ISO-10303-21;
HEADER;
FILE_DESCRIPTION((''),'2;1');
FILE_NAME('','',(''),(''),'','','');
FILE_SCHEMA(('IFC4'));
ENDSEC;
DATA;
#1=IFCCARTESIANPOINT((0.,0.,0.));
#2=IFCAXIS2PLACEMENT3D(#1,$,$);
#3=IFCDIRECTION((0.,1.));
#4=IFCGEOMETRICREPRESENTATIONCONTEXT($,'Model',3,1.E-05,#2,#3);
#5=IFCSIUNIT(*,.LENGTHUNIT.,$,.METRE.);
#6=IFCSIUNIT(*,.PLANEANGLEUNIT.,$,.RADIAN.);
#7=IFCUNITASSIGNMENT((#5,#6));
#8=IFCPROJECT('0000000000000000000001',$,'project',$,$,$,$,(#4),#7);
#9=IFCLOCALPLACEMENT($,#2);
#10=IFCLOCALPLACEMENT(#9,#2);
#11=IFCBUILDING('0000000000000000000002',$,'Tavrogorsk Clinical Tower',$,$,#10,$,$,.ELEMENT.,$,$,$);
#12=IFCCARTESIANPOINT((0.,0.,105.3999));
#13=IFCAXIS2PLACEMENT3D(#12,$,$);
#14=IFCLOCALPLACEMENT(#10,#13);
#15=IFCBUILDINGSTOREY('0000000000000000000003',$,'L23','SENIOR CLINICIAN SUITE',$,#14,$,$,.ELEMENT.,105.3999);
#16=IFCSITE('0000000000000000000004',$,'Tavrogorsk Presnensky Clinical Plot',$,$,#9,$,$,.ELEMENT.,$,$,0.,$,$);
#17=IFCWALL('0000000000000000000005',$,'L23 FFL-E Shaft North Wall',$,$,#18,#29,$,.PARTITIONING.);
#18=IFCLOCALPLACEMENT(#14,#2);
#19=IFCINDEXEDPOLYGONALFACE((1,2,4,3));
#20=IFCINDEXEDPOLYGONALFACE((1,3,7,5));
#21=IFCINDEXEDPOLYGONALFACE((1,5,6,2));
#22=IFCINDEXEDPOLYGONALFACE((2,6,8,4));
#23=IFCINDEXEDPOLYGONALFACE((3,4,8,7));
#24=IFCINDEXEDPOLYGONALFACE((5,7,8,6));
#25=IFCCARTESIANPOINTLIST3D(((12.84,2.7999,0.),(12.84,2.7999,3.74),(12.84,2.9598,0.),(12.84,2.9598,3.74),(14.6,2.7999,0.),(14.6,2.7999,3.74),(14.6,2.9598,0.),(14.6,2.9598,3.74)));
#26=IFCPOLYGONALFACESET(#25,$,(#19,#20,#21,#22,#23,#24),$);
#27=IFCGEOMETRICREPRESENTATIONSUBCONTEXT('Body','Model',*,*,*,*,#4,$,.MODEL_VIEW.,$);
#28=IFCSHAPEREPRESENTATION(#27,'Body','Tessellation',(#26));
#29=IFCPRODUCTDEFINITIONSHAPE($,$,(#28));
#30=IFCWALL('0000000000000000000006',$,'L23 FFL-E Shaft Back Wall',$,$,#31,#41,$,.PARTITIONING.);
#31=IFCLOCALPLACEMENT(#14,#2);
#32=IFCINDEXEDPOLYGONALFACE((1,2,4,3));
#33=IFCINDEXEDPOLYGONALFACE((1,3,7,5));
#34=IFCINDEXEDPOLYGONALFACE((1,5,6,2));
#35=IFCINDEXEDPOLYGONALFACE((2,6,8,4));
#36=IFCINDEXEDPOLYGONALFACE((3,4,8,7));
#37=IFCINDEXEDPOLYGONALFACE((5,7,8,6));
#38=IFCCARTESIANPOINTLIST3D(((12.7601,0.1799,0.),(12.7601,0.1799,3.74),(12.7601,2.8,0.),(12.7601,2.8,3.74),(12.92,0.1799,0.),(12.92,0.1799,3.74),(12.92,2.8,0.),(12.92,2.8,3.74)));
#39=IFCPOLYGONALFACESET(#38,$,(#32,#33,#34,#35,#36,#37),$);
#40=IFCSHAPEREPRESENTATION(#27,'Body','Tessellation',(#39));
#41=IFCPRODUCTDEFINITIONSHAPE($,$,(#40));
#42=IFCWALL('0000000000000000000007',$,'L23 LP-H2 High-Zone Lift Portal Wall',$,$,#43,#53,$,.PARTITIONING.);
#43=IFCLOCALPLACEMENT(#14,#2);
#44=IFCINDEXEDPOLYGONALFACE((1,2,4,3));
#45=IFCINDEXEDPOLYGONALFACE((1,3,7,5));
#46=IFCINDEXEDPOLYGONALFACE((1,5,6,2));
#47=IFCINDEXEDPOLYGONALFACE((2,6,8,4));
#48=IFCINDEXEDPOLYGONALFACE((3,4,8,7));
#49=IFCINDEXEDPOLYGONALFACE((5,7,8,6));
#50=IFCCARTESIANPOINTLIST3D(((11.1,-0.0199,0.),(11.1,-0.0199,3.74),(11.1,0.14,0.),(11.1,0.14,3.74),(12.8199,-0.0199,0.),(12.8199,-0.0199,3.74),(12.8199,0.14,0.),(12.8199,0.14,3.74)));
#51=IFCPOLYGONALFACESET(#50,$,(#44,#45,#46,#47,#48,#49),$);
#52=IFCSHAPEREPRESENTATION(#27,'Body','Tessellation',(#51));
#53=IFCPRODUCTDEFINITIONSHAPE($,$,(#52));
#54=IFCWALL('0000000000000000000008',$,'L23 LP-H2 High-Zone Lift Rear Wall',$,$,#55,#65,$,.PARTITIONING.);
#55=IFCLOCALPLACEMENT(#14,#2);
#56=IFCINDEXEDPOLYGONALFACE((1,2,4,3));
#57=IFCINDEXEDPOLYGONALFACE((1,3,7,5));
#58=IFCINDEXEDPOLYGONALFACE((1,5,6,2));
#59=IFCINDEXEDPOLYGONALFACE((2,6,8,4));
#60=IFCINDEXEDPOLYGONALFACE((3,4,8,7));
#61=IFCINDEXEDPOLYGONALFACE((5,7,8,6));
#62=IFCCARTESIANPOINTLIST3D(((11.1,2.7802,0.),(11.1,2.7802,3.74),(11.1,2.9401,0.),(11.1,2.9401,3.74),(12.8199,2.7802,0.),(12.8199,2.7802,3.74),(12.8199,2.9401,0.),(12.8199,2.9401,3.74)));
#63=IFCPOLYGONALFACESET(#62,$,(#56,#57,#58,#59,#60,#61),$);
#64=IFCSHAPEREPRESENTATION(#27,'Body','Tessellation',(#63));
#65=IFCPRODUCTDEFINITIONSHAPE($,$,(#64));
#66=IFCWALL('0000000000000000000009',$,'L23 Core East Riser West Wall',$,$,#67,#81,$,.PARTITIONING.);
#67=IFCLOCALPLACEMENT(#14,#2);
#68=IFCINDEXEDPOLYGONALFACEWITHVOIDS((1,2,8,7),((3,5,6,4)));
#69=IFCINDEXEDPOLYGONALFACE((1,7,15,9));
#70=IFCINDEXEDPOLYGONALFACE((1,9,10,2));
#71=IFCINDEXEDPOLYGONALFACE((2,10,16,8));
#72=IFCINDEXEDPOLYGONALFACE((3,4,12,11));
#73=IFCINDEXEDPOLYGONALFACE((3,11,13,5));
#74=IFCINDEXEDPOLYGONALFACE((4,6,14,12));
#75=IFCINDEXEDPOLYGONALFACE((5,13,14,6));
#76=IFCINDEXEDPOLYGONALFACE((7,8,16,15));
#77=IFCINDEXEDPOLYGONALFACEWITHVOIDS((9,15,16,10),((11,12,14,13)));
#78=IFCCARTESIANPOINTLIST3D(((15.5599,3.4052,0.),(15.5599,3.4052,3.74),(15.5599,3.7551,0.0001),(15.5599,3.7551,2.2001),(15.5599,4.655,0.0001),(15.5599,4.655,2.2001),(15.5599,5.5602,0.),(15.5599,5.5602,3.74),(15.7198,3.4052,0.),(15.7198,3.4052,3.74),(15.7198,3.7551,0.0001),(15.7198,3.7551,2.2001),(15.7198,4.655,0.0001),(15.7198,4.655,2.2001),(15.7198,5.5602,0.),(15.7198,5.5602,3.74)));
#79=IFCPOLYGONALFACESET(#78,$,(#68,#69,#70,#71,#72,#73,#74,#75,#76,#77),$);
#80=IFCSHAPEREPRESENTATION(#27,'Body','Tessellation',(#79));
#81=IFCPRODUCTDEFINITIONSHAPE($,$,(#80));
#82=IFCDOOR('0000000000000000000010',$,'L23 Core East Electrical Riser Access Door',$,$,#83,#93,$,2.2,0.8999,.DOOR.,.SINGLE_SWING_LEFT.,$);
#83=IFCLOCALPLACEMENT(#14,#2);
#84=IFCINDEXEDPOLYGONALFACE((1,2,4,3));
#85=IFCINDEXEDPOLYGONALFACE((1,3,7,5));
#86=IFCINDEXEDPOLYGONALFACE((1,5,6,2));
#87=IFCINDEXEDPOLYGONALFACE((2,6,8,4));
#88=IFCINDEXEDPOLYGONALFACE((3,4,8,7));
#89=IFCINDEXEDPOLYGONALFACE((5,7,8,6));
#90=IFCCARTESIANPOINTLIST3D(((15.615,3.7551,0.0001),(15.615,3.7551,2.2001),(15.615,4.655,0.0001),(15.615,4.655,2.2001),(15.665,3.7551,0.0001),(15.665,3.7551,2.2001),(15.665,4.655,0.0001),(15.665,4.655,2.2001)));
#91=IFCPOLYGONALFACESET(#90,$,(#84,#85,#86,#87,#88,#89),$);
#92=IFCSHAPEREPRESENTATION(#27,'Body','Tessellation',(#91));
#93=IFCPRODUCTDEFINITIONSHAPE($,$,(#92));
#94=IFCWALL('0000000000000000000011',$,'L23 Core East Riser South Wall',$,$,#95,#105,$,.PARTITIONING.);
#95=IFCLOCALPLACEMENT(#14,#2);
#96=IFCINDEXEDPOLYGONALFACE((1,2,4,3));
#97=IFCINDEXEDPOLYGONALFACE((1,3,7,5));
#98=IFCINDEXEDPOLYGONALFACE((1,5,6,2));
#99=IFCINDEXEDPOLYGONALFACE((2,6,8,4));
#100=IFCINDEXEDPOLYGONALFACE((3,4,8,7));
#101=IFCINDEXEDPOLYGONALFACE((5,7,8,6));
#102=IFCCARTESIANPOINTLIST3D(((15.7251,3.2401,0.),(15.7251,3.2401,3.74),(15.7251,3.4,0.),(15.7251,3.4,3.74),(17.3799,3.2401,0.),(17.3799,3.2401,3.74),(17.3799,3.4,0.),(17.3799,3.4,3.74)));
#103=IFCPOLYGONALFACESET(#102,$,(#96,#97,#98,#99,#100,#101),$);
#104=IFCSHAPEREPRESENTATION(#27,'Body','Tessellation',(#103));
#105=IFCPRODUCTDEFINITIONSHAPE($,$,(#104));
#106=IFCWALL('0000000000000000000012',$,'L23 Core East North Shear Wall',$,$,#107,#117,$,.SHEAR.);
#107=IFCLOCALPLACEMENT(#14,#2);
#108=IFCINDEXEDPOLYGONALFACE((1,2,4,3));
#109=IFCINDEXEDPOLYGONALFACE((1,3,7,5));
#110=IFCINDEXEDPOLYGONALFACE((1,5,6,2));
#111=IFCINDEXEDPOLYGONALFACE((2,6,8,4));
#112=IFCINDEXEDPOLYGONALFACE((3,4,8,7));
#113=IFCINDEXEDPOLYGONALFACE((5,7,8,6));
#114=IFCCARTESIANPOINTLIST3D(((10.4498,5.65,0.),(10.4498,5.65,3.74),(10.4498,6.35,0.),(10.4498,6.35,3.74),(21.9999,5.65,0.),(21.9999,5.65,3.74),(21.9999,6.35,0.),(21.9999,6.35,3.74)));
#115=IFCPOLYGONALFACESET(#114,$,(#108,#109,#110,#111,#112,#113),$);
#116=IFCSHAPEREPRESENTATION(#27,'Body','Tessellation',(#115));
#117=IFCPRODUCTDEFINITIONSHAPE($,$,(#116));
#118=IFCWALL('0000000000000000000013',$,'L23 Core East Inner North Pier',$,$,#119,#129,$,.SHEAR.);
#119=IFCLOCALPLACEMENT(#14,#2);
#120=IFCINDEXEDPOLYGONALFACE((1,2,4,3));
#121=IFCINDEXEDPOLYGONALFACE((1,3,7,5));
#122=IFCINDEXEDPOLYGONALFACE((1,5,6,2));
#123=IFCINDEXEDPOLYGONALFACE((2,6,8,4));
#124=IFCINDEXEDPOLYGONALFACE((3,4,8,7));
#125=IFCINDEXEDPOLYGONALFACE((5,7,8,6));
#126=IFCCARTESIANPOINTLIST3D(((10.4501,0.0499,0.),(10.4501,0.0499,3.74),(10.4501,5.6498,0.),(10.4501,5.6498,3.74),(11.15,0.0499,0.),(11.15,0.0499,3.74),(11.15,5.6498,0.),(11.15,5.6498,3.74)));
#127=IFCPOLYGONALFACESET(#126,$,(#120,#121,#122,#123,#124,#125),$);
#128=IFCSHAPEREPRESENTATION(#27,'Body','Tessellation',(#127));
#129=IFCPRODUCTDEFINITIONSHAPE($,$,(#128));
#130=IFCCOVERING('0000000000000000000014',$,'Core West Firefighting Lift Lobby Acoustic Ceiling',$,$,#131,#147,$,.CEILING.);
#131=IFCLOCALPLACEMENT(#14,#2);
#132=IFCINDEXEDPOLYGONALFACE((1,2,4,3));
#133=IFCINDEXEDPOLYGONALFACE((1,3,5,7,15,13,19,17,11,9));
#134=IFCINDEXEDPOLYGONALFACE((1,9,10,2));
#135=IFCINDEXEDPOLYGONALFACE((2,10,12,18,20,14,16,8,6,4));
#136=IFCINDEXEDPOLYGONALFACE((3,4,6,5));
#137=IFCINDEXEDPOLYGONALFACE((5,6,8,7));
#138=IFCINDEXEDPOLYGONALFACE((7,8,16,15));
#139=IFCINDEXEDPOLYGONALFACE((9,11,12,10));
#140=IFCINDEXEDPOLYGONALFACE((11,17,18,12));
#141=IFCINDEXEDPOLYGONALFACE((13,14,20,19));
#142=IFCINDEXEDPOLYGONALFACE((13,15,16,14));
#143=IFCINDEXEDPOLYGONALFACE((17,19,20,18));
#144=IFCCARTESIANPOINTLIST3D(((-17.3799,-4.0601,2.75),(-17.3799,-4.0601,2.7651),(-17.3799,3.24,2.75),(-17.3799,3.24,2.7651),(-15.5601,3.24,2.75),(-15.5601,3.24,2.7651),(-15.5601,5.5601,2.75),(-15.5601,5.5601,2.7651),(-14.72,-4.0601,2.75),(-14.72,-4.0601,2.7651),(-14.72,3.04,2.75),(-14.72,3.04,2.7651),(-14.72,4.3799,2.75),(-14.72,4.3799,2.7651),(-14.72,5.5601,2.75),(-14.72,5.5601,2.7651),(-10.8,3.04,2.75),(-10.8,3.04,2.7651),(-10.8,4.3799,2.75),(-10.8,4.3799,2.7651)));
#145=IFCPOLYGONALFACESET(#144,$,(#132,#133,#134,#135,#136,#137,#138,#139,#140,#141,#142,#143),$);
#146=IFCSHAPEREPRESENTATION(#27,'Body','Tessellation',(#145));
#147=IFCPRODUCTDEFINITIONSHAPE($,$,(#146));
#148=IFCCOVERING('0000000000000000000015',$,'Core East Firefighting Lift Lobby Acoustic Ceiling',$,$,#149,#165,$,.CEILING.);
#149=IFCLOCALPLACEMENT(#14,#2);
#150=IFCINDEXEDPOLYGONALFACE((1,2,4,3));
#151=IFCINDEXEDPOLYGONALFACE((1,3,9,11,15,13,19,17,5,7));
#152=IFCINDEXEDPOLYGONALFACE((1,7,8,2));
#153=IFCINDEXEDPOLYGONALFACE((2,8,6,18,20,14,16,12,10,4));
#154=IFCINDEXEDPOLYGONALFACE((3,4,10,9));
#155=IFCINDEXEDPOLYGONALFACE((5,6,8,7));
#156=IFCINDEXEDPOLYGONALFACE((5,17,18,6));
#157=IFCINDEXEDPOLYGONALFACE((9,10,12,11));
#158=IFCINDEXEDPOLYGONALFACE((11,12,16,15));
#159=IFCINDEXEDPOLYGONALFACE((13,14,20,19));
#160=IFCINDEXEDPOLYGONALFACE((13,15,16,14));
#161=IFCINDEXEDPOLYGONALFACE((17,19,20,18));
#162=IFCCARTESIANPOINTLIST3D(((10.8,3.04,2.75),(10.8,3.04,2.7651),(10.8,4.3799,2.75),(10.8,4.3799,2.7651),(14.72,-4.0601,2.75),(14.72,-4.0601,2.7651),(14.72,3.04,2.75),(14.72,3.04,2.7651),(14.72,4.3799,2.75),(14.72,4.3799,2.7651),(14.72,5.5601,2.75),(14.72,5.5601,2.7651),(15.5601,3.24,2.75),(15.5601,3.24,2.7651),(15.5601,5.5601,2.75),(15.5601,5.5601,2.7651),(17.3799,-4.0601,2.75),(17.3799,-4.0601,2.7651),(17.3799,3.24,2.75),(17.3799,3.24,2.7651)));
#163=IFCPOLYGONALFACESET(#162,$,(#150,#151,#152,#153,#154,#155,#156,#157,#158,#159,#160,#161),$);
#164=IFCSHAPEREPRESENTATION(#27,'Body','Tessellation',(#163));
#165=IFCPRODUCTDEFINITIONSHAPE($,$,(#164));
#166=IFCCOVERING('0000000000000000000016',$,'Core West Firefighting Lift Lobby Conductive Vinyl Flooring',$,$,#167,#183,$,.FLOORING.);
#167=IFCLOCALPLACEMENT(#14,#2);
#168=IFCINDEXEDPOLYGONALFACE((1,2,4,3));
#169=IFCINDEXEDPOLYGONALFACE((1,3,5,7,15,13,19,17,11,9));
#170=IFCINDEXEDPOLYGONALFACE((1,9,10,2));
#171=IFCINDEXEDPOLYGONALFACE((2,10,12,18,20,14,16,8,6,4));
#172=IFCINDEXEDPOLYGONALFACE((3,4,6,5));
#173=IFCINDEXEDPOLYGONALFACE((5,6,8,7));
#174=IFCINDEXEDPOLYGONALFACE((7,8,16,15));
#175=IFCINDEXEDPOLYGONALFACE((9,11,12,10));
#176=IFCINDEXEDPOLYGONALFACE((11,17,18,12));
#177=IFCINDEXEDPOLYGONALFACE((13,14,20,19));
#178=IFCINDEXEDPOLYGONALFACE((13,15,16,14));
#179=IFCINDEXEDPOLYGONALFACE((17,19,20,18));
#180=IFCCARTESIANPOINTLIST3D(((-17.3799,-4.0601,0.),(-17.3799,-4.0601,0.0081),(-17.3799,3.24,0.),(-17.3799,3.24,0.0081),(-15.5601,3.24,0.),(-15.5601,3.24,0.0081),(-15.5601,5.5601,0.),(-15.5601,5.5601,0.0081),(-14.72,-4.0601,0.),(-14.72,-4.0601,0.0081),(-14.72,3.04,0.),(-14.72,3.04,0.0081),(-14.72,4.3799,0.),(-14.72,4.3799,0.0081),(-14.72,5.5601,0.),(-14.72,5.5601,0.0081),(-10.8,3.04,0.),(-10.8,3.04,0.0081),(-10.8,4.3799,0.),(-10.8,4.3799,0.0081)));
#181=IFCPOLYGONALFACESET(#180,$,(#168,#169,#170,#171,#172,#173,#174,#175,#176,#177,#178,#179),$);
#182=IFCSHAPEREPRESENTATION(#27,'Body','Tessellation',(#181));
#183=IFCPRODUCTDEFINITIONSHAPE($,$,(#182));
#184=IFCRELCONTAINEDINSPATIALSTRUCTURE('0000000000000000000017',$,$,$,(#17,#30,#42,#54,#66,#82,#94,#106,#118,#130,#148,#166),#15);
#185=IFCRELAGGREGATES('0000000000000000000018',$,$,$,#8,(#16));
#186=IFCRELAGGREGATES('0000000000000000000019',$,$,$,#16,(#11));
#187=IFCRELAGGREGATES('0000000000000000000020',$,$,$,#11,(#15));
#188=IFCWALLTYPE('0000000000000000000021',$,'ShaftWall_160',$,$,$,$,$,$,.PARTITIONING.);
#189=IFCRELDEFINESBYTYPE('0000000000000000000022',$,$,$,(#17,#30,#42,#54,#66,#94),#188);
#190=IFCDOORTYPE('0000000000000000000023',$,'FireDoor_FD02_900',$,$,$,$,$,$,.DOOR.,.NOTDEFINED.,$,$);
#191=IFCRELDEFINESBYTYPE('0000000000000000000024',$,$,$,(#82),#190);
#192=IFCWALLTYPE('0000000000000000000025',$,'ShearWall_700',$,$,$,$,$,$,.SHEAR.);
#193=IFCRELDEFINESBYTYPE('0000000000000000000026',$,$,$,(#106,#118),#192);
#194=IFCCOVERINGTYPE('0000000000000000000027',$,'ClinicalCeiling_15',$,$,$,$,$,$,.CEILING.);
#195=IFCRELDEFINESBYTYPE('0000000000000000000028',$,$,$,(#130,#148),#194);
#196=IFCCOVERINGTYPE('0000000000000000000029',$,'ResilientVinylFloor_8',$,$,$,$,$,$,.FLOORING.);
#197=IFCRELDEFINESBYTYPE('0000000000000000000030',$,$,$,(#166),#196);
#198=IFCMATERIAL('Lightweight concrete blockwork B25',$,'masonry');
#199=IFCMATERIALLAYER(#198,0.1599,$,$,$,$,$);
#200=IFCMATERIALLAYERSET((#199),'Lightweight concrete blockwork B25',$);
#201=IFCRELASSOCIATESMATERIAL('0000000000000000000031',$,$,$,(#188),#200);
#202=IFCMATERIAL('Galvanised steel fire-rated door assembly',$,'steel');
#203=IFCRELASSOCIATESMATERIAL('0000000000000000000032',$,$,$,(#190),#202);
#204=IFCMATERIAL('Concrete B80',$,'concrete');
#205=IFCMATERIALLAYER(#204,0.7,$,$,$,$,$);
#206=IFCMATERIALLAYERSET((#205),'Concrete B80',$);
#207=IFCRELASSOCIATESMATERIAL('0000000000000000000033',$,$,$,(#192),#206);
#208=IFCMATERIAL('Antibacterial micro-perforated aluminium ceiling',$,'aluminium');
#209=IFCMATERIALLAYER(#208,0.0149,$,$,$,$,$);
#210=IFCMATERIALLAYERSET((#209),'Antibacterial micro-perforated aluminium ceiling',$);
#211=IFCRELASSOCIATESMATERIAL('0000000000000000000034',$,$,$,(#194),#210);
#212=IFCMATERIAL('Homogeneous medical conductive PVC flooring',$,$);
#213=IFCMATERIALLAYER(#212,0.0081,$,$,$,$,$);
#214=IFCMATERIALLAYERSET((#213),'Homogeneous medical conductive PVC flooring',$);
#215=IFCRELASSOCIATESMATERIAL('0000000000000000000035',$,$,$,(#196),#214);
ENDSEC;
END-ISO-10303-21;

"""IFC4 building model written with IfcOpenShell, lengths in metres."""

from ifc_helpers import new_model, si_unit, direction, frame, frame_2d, origin, place, context, subcontext, project, spatial, polyline, rectangle, outline, extrude, material, layer, layer_set, type_object, element, fill, save


model = new_model("IFC4")

# Units and contexts
model_context = context("Model", 3, precision=1e-05, world=origin(), true_north=direction((0.0, 1.0)))
body_context = subcontext(model_context, "Body", "Model", "MODEL_VIEW")
ifc_project = project(units=[si_unit("LENGTHUNIT", "METRE"), si_unit("PLANEANGLEUNIT", "RADIAN")], contexts=[model_context])

# Site, building, storey
site_placement = place(None, origin())
site = spatial("IfcSite", under=ifc_project, at=site_placement, Name="Tavrogorsk Presnensky Clinical Plot", CompositionType="ELEMENT", RefElevation=0.0)
building_placement = place(site_placement, origin())
building = spatial("IfcBuilding", under=site, at=building_placement, Name="Tavrogorsk Clinical Tower", CompositionType="ELEMENT")
storey_placement = place(building_placement, frame((0.0, 0.0, 105.3999)))
storey = spatial("IfcBuildingStorey", under=building, at=storey_placement, Name="L23", Description="SENIOR CLINICIAN SUITE", CompositionType="ELEMENT", Elevation=105.3999)

# Shared definitions
ifc_material_1 = material(Name="Lightweight concrete blockwork B25", Category="masonry")
ifc_layer_1 = layer(ifc_material_1, 0.1599)
ifc_layer_set_1 = layer_set([ifc_layer_1], Name="Lightweight concrete blockwork B25")
wall_type_1 = type_object("IfcWallType", Name="ShaftWall_160", PredefinedType="PARTITIONING", material=ifc_layer_set_1)

# Walls
for number, where, z_axis, x_axis, name in (
    (1, (12.8401, 2.8799, 0.0), (0.0, 0.0, 1.0), (1.0, 0.0, 0.0), "L23 FFL-E Shaft North Wall"),
):
    element("IfcWall", number, at=place(storey_placement, frame(where, z_axis=z_axis, x_axis=x_axis)), inside=storey, type_object=wall_type_1, Name=name, PredefinedType="PARTITIONING", context=body_context, shape_type="SweptSolid", body=[
        extrude(rectangle(XDim=1.76, YDim=0.1599, at=frame_2d((0.8799, 0.0))), origin(), (0.0, 0.0, 1.0), 3.74),
    ])
wall_1_placement = place(storey_placement, frame((12.8401, 0.1799, 0.0), z_axis=(0.0, 0.0, 1.0), x_axis=(0.0, 1.0, 0.0)))
element("IfcWall", 2, at=wall_1_placement, inside=storey, type_object=wall_type_1, Name="L23 FFL-E Shaft Back Wall", PredefinedType="PARTITIONING", context=body_context, shape_type="SweptSolid", body=[
    extrude(rectangle(XDim=2.6201, YDim=0.1599, at=frame_2d((1.3101, 0.0))), origin(), (0.0, 0.0, 1.0), 3.74),
])
for number, where, z_axis, x_axis, name in (
    (3, (11.1001, 0.0601, 0.0), (0.0, 0.0, 1.0), (1.0, 0.0, 0.0), "L23 LP-H2 High-Zone Lift Portal Wall"),
    (4, (11.1001, 2.8601, 0.0), (0.0, 0.0, 1.0), (1.0, 0.0, 0.0), "L23 LP-H2 High-Zone Lift Rear Wall"),
):
    element("IfcWall", number, at=place(storey_placement, frame(where, z_axis=z_axis, x_axis=x_axis)), inside=storey, type_object=wall_type_1, Name=name, PredefinedType="PARTITIONING", context=body_context, shape_type="SweptSolid", body=[
        extrude(rectangle(XDim=1.72, YDim=0.1599, at=frame_2d((0.8599, 0.0))), origin(), (0.0, 0.0, 1.0), 3.74),
    ])

# Wall, opening, door
wall_2_placement = place(storey_placement, frame((15.6399, 3.405, 0.0), z_axis=(0.0, 0.0, 1.0), x_axis=(0.0, 1.0, 0.0)))
wall_2 = element("IfcWall", 5, at=wall_2_placement, inside=storey, type_object=wall_type_1, Name="L23 Core East Riser West Wall", PredefinedType="PARTITIONING", context=body_context, shape_type="SweptSolid", body=[
    extrude(rectangle(XDim=2.155, YDim=0.1599, at=frame_2d((1.0776, 0.0))), origin(), (0.0, 0.0, 1.0), 3.74),
])
opening_1_placement = place(wall_2_placement, frame((0.3501, 0.0, 0.0)))
opening_1 = element("IfcOpeningElement", 6, at=opening_1_placement, cuts=wall_2, PredefinedType="OPENING", context=body_context, shape_type="SweptSolid", body=[
    extrude(rectangle(XDim=0.8999, YDim=2.2, at=frame_2d((0.45, 1.1001))), frame((0.0, 0.0898, 0.0), z_axis=(0.0, -1.0, 0.0), x_axis=(1.0, 0.0, 0.0)), (0.0, 0.0, 1.0), 0.1799),
])
ifc_material_2 = material(Name="Galvanised steel fire-rated door assembly", Category="steel")
door_type_1 = type_object("IfcDoorType", Name="FireDoor_FD02_900", OperationType="NOTDEFINED", PredefinedType="DOOR", material=ifc_material_2)
door_1_placement = place(opening_1_placement, origin())
door_1 = element("IfcDoor", 7, at=door_1_placement, inside=storey, type_object=door_type_1, Name="L23 Core East Electrical Riser Access Door", OperationType="SINGLE_SWING_LEFT", OverallHeight=2.2, OverallWidth=0.8999, PredefinedType="DOOR", context=body_context, shape_type="SweptSolid", body=[
    extrude(rectangle(XDim=0.8999, YDim=2.2, at=frame_2d((0.45, 1.1001))), frame((0.0, 0.0249, 0.0), z_axis=(0.0, -1.0, 0.0), x_axis=(1.0, 0.0, 0.0)), (0.0, 0.0, 1.0), 0.05),
])
fill(opening_1, door_1)

# Walls
wall_3_placement = place(storey_placement, frame((15.7251, 3.3201, 0.0), z_axis=(0.0, 0.0, 1.0), x_axis=(1.0, 0.0, 0.0)))
element("IfcWall", 8, at=wall_3_placement, inside=storey, type_object=wall_type_1, Name="L23 Core East Riser South Wall", PredefinedType="PARTITIONING", context=body_context, shape_type="SweptSolid", body=[
    extrude(rectangle(XDim=1.6548, YDim=0.1599, at=frame_2d((0.8274, 0.0))), origin(), (0.0, 0.0, 1.0), 3.74),
])
ifc_material_3 = material(Name="Concrete B80", Category="concrete")
ifc_layer_2 = layer(ifc_material_3, 0.7)
ifc_layer_set_2 = layer_set([ifc_layer_2], Name="Concrete B80")
wall_type_2 = type_object("IfcWallType", Name="ShearWall_700", PredefinedType="SHEAR", material=ifc_layer_set_2)
wall_4_placement = place(storey_placement, frame((10.45, 6.0, 0.0), z_axis=(0.0, 0.0, 1.0), x_axis=(1.0, 0.0, 0.0)))
element("IfcWall", 9, at=wall_4_placement, inside=storey, type_object=wall_type_2, Name="L23 Core East North Shear Wall", PredefinedType="SHEAR", context=body_context, shape_type="SweptSolid", body=[
    extrude(rectangle(XDim=11.55, YDim=0.7, at=frame_2d((5.7749, 0.0))), origin(), (0.0, 0.0, 1.0), 3.74),
])
wall_5_placement = place(storey_placement, frame((10.8, 0.05, 0.0), z_axis=(0.0, 0.0, 1.0), x_axis=(0.0, 1.0, 0.0)))
element("IfcWall", 10, at=wall_5_placement, inside=storey, type_object=wall_type_2, Name="L23 Core East Inner North Pier", PredefinedType="SHEAR", context=body_context, shape_type="SweptSolid", body=[
    extrude(rectangle(XDim=5.5999, YDim=0.7, at=frame_2d((2.7998, 0.0))), origin(), (0.0, 0.0, 1.0), 3.74),
])

# Coverings
ifc_material_4 = material(Name="Antibacterial micro-perforated aluminium ceiling", Category="aluminium")
ifc_layer_3 = layer(ifc_material_4, 0.0149)
ifc_layer_set_3 = layer_set([ifc_layer_3], Name="Antibacterial micro-perforated aluminium ceiling")
covering_type_1 = type_object("IfcCoveringType", Name="ClinicalCeiling_15", PredefinedType="CEILING", material=ifc_layer_set_3)
covering_1_placement = place(storey_placement, frame((0.0, 0.0, 2.75)))
element("IfcCovering", 11, at=covering_1_placement, inside=storey, type_object=covering_type_1, Name="Core West Firefighting Lift Lobby Acoustic Ceiling", PredefinedType="CEILING", context=body_context, shape_type="SweptSolid", body=[
    extrude(outline(polyline([(-14.72, 4.3799), (-10.8, 4.3799), (-10.8, 3.04), (-14.72, 3.04), (-14.72, -4.0601), (-17.3799, -4.0601), (-17.3799, 3.24), (-15.5601, 3.24), (-15.5601, 5.5601), (-14.72, 5.5601), (-14.72, 4.3799)])), origin(), (0.0, 0.0, 1.0), 0.0151),
])
covering_2_placement = place(storey_placement, frame((0.0, 0.0, 2.75)))
element("IfcCovering", 12, at=covering_2_placement, inside=storey, type_object=covering_type_1, Name="Core East Firefighting Lift Lobby Acoustic Ceiling", PredefinedType="CEILING", context=body_context, shape_type="SweptSolid", body=[
    extrude(outline(polyline([(14.72, -4.0601), (14.72, 3.04), (10.8, 3.04), (10.8, 4.3799), (14.72, 4.3799), (14.72, 5.5601), (15.5601, 5.5601), (15.5601, 3.24), (17.3799, 3.24), (17.3799, -4.0601), (14.72, -4.0601)])), origin(), (0.0, 0.0, 1.0), 0.0151),
])
ifc_material_5 = material(Name="Homogeneous medical conductive PVC flooring")
ifc_layer_4 = layer(ifc_material_5, 0.0081)
ifc_layer_set_4 = layer_set([ifc_layer_4], Name="Homogeneous medical conductive PVC flooring")
covering_type_2 = type_object("IfcCoveringType", Name="ResilientVinylFloor_8", PredefinedType="FLOORING", material=ifc_layer_set_4)
covering_3_placement = place(storey_placement, origin())
element("IfcCovering", 13, at=covering_3_placement, inside=storey, type_object=covering_type_2, Name="Core West Firefighting Lift Lobby Conductive Vinyl Flooring", PredefinedType="FLOORING", context=body_context, shape_type="SweptSolid", body=[
    extrude(outline(polyline([(-14.72, 4.3799), (-10.8, 4.3799), (-10.8, 3.04), (-14.72, 3.04), (-14.72, -4.0601), (-17.3799, -4.0601), (-17.3799, 3.24), (-15.5601, 3.24), (-15.5601, 5.5601), (-14.72, 5.5601), (-14.72, 4.3799)])), origin(), (0.0, 0.0, 1.0), 0.0081),
])

save(model, "model.ifc")
